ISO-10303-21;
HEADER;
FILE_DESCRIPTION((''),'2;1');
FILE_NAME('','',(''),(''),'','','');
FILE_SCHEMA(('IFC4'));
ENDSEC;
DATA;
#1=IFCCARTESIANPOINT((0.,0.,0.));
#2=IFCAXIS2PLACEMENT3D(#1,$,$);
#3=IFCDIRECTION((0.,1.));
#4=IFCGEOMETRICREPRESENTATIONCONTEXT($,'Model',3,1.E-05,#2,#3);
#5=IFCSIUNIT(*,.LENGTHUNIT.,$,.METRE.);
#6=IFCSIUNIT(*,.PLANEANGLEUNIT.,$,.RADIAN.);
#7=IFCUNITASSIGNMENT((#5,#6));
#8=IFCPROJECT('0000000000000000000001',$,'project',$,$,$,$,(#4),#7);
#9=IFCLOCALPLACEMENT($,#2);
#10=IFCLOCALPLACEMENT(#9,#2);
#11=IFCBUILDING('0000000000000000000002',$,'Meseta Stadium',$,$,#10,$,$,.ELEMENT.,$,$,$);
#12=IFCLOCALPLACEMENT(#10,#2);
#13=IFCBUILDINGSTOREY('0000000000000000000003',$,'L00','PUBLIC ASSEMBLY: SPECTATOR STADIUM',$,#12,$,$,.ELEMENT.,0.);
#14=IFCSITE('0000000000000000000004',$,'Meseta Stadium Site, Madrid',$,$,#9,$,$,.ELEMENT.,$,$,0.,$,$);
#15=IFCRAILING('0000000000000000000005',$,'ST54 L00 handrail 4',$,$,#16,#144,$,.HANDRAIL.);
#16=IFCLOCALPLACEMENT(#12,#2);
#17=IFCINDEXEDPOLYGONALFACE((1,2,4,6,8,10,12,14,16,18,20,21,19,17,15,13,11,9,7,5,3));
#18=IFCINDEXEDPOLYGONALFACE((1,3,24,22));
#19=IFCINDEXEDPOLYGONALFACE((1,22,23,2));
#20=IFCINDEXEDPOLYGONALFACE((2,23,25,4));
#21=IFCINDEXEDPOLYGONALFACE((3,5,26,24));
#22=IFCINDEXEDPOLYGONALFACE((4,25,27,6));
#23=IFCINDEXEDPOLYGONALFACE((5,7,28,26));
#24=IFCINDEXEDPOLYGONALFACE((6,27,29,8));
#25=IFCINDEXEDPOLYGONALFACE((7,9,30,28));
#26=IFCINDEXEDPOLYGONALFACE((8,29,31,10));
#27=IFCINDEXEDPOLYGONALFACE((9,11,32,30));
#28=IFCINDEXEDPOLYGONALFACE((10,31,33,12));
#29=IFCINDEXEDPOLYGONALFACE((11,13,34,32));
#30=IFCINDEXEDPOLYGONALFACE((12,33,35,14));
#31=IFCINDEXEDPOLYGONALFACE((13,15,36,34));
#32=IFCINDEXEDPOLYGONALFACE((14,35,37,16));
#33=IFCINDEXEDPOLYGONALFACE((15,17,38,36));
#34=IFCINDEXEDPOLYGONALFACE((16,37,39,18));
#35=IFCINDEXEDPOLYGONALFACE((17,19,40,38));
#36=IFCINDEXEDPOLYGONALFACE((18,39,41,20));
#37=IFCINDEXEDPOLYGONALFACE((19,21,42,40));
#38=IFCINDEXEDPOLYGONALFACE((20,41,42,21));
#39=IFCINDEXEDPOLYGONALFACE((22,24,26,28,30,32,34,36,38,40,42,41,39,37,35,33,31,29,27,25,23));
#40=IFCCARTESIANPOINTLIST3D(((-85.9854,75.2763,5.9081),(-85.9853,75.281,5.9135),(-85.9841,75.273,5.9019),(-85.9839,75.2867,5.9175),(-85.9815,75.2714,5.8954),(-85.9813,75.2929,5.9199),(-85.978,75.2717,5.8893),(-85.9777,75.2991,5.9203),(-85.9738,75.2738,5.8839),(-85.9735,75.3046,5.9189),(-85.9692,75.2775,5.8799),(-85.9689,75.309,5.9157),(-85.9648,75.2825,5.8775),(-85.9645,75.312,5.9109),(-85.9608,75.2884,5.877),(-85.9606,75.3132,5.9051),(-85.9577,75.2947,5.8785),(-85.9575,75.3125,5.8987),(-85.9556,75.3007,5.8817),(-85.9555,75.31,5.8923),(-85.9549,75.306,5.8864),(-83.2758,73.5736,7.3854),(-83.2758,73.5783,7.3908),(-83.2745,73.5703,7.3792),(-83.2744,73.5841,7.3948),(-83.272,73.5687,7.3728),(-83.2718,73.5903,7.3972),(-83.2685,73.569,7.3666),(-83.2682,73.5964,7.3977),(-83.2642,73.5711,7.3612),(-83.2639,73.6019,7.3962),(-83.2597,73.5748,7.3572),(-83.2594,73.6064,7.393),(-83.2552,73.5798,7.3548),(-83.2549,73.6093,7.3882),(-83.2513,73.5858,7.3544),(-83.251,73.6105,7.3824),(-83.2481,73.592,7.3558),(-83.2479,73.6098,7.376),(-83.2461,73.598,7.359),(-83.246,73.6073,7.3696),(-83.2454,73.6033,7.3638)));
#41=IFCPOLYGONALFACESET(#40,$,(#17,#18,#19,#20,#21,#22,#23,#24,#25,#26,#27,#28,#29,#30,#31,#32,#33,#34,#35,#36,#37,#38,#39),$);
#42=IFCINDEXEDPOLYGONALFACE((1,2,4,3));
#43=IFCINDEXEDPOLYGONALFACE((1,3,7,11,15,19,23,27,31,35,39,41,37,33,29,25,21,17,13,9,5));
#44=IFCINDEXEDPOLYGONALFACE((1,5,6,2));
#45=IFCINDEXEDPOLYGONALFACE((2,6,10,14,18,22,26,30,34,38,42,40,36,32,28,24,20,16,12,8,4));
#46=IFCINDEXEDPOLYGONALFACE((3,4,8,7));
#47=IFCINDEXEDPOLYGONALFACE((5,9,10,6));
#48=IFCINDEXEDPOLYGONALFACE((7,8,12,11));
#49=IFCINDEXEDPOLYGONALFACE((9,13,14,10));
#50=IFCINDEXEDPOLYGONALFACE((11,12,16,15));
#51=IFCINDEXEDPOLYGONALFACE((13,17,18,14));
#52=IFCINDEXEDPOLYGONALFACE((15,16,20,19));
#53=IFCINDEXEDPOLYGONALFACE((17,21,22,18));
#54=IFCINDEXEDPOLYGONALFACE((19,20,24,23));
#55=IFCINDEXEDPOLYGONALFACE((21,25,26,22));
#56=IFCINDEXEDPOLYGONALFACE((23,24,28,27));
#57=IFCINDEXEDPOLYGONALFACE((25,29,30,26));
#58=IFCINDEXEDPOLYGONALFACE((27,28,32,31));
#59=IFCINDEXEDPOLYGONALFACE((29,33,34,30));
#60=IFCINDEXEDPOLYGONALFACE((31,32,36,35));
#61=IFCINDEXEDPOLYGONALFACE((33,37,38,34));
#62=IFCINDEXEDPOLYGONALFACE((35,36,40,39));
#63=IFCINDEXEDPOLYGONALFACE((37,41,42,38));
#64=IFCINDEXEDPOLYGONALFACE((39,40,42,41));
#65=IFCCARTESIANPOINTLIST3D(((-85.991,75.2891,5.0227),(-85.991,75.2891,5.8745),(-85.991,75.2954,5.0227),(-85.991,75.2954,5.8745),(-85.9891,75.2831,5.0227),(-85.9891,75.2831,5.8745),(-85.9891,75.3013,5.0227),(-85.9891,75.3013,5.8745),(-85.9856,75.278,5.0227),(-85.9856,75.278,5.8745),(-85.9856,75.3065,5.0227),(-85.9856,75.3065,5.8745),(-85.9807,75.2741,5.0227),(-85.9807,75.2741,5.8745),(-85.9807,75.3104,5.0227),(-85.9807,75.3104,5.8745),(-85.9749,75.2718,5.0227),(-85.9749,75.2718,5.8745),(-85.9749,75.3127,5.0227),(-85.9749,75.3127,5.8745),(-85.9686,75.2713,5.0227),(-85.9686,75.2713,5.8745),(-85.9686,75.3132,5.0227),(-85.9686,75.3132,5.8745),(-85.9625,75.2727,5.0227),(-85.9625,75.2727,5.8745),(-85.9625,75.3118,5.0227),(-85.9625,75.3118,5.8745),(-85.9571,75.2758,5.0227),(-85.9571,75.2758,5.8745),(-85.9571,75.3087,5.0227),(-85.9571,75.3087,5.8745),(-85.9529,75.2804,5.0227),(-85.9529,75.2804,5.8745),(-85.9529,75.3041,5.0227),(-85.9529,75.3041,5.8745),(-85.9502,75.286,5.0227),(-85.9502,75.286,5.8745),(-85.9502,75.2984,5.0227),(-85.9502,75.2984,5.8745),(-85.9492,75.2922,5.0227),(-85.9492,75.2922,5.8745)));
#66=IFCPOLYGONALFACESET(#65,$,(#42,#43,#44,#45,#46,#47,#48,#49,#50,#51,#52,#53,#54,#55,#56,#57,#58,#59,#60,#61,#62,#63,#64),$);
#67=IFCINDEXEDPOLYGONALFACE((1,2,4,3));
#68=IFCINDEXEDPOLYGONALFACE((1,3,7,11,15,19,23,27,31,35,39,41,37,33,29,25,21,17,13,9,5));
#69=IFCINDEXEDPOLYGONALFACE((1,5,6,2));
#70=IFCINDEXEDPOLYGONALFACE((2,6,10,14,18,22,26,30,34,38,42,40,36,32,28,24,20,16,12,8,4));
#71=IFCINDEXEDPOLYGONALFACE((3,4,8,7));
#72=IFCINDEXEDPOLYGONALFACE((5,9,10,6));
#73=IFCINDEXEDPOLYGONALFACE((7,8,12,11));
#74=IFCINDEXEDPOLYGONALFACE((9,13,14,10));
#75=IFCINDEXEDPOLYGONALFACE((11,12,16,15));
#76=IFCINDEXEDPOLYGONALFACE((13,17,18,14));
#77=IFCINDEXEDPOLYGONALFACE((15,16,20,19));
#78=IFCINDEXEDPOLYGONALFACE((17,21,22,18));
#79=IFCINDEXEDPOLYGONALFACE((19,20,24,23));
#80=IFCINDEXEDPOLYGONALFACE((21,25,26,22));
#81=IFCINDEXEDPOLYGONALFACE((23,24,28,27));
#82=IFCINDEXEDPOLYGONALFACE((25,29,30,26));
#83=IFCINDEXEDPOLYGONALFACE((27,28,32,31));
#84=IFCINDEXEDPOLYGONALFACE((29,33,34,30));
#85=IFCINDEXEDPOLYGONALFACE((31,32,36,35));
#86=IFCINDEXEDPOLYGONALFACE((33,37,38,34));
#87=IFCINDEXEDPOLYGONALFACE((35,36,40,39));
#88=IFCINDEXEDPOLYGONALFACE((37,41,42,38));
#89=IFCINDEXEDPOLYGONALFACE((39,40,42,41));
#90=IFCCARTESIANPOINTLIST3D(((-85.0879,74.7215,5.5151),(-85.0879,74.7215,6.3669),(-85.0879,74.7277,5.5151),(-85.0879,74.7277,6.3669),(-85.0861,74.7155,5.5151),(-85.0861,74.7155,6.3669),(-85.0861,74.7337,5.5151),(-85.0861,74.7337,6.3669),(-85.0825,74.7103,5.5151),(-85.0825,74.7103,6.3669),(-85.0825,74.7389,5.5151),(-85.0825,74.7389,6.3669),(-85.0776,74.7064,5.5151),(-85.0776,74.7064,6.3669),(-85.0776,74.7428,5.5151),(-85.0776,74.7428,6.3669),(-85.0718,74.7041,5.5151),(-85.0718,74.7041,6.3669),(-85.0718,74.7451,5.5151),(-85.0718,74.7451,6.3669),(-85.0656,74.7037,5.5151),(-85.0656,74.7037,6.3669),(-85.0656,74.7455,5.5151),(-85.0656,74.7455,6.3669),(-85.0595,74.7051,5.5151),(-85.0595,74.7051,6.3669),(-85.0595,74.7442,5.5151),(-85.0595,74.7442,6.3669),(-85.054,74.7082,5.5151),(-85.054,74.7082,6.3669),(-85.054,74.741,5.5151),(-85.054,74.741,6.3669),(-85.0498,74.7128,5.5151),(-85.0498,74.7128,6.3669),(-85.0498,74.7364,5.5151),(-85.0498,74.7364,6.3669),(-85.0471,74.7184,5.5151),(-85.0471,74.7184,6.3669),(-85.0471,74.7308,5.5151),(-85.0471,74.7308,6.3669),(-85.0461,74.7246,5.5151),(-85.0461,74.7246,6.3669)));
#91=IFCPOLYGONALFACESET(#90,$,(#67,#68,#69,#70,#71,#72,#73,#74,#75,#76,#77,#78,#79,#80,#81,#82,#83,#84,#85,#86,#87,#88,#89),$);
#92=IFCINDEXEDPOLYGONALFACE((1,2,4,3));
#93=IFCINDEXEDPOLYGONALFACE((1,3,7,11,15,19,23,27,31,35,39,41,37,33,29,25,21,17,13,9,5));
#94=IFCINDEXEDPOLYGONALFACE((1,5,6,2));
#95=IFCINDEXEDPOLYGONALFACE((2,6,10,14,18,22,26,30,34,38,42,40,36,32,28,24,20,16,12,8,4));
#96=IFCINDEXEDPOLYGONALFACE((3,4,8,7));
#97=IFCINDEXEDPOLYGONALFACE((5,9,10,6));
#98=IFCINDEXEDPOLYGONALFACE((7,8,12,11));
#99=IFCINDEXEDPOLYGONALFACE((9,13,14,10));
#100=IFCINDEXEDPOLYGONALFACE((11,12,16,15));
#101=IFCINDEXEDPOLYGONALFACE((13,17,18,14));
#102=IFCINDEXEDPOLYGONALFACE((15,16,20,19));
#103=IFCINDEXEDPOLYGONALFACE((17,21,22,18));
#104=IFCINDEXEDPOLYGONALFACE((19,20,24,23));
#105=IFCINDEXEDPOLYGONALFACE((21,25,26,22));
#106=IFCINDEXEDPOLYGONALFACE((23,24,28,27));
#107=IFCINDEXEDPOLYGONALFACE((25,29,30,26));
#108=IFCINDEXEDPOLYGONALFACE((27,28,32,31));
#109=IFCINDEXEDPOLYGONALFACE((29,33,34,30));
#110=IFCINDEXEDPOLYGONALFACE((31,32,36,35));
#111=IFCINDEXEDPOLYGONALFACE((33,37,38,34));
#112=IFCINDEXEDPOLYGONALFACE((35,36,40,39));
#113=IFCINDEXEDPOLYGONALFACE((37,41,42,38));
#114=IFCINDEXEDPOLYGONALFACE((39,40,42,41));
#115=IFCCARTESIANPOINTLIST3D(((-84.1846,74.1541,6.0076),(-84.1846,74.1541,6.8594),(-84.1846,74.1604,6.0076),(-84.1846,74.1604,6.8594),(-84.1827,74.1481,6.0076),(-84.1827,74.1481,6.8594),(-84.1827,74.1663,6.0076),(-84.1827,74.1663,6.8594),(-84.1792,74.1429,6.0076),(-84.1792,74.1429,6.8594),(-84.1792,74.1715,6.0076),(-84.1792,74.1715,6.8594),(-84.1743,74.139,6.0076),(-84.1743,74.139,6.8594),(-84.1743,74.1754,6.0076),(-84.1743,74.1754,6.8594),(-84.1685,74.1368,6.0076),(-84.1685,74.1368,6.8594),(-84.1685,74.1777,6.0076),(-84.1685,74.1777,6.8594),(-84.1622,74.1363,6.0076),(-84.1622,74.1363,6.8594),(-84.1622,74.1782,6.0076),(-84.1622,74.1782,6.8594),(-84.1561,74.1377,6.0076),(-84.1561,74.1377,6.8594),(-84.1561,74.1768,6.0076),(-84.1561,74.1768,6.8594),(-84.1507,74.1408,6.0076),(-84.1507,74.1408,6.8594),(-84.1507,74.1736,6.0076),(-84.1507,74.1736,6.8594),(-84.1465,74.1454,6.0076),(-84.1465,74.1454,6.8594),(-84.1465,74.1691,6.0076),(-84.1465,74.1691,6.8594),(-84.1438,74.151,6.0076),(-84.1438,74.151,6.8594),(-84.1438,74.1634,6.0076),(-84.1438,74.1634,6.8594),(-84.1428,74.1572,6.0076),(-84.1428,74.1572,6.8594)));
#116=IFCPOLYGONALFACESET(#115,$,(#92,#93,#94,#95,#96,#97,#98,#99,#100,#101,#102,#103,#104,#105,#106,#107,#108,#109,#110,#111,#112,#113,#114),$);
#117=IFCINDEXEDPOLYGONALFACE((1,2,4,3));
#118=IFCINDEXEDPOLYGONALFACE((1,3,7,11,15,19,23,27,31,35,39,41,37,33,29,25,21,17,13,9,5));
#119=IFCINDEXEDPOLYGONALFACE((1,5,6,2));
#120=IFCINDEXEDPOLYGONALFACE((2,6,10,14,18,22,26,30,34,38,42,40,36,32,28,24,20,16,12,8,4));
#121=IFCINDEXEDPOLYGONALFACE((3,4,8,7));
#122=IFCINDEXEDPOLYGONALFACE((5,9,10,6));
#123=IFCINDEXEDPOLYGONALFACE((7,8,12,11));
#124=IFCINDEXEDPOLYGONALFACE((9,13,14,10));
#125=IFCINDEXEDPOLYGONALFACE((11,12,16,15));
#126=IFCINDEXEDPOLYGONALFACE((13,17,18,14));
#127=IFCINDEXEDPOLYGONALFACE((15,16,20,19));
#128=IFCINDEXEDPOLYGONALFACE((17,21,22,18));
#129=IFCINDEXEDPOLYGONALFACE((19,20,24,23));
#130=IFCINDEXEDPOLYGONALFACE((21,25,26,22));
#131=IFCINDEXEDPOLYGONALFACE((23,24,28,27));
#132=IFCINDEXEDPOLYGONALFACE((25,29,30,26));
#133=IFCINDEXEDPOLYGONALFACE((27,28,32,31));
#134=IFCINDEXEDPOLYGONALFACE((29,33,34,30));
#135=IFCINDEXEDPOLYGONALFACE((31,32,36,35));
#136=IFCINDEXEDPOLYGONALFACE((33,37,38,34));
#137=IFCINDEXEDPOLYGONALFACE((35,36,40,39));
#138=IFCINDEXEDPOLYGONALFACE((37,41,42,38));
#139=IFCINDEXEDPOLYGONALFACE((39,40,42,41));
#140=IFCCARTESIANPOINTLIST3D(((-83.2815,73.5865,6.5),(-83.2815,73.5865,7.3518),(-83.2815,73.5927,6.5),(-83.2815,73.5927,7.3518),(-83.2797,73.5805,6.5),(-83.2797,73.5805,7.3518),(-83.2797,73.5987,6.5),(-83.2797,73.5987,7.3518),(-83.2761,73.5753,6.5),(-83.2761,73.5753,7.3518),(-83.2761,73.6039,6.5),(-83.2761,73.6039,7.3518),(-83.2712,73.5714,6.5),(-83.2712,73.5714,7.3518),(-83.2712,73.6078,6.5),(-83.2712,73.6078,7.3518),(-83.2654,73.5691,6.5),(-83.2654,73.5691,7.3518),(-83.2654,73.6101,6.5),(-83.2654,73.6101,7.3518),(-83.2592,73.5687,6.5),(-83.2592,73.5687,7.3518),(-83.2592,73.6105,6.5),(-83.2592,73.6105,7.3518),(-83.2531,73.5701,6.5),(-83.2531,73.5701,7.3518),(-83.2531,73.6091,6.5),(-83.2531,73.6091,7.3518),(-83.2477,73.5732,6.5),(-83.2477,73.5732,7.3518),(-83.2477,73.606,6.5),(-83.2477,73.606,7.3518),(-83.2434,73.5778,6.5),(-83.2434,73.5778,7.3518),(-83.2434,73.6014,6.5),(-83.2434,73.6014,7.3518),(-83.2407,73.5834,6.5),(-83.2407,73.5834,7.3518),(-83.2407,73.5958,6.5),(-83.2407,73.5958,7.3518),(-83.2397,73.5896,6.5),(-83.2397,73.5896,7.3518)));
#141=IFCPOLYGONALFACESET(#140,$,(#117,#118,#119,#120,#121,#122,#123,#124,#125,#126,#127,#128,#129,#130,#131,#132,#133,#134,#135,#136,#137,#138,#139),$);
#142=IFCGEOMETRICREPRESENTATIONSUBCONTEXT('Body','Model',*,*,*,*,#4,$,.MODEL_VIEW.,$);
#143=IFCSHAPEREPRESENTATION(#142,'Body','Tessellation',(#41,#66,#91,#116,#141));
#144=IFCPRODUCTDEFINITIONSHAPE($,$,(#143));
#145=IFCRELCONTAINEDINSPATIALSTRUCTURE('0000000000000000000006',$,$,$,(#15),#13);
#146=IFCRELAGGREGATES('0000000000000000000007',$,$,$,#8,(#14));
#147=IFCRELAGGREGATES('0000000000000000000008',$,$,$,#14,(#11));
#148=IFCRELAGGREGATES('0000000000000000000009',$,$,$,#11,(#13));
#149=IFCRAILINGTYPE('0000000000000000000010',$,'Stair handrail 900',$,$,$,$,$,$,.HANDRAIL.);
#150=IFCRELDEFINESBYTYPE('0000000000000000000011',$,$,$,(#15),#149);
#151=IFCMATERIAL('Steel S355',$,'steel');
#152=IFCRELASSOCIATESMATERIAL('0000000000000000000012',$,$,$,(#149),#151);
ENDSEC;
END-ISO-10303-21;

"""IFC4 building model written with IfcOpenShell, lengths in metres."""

from ifc_helpers import new_model, si_unit, direction, frame, origin, origin_2d, place, context, subcontext, project, spatial, circle, extrude, material, type_object, element, save


model = new_model("IFC4")

# Units and contexts
model_context = context("Model", 3, precision=1e-05, world=origin(), true_north=direction((0.0, 1.0)))
body_context = subcontext(model_context, "Body", "Model", "MODEL_VIEW")
ifc_project = project(units=[si_unit("LENGTHUNIT", "METRE"), si_unit("PLANEANGLEUNIT", "RADIAN")], contexts=[model_context])

# Site, building, storey
site_placement = place(None, origin())
site = spatial("IfcSite", under=ifc_project, at=site_placement, Name="Meseta Stadium Site, Madrid", CompositionType="ELEMENT", RefElevation=0.0)
building_placement = place(site_placement, origin())
building = spatial("IfcBuilding", under=site, at=building_placement, Name="Meseta Stadium", CompositionType="ELEMENT")
storey_placement = place(building_placement, origin())
storey = spatial("IfcBuildingStorey", under=building, at=storey_placement, Name="L00", Description="PUBLIC ASSEMBLY: SPECTATOR STADIUM", CompositionType="ELEMENT", Elevation=0.0)

# Railing
ifc_material_1 = material(Name="Steel S355", Category="steel")
railing_type_1 = type_object("IfcRailingType", Name="Stair handrail 900", PredefinedType="HANDRAIL", material=ifc_material_1)
for number, where, name in (
    (1, (-85.9702, 75.2922, 5.0227), "ST54 L00 handrail 4"),
):
    element("IfcRailing", number, at=place(storey_placement, frame(where)), inside=storey, type_object=railing_type_1, Name=name, PredefinedType="HANDRAIL", context=body_context, shape_type="SweptSolid", body=[
        extrude(circle(Radius=0.0239, at=origin_2d()), frame((0.0, 0.0, 0.876), z_axis=(0.768738, -0.483076, 0.419142), x_axis=(0.532068, 0.846701, 0.0)), (0.0, 0.0, 1.0), 3.5247),
        extrude(circle(Radius=0.021, at=origin_2d()), origin(), (0.0, 0.0, 1.0), 0.8518),
        extrude(circle(Radius=0.021, at=origin_2d()), frame((0.9031, -0.5676, 0.4924)), (0.0, 0.0, 1.0), 0.8518),
        extrude(circle(Radius=0.021, at=origin_2d()), frame((1.8064, -1.135, 0.9849)), (0.0, 0.0, 1.0), 0.8518),
        extrude(circle(Radius=0.021, at=origin_2d()), frame((2.7095, -1.7026, 1.4773)), (0.0, 0.0, 1.0), 0.8518),
    ])

save(model, "model.ifc")
